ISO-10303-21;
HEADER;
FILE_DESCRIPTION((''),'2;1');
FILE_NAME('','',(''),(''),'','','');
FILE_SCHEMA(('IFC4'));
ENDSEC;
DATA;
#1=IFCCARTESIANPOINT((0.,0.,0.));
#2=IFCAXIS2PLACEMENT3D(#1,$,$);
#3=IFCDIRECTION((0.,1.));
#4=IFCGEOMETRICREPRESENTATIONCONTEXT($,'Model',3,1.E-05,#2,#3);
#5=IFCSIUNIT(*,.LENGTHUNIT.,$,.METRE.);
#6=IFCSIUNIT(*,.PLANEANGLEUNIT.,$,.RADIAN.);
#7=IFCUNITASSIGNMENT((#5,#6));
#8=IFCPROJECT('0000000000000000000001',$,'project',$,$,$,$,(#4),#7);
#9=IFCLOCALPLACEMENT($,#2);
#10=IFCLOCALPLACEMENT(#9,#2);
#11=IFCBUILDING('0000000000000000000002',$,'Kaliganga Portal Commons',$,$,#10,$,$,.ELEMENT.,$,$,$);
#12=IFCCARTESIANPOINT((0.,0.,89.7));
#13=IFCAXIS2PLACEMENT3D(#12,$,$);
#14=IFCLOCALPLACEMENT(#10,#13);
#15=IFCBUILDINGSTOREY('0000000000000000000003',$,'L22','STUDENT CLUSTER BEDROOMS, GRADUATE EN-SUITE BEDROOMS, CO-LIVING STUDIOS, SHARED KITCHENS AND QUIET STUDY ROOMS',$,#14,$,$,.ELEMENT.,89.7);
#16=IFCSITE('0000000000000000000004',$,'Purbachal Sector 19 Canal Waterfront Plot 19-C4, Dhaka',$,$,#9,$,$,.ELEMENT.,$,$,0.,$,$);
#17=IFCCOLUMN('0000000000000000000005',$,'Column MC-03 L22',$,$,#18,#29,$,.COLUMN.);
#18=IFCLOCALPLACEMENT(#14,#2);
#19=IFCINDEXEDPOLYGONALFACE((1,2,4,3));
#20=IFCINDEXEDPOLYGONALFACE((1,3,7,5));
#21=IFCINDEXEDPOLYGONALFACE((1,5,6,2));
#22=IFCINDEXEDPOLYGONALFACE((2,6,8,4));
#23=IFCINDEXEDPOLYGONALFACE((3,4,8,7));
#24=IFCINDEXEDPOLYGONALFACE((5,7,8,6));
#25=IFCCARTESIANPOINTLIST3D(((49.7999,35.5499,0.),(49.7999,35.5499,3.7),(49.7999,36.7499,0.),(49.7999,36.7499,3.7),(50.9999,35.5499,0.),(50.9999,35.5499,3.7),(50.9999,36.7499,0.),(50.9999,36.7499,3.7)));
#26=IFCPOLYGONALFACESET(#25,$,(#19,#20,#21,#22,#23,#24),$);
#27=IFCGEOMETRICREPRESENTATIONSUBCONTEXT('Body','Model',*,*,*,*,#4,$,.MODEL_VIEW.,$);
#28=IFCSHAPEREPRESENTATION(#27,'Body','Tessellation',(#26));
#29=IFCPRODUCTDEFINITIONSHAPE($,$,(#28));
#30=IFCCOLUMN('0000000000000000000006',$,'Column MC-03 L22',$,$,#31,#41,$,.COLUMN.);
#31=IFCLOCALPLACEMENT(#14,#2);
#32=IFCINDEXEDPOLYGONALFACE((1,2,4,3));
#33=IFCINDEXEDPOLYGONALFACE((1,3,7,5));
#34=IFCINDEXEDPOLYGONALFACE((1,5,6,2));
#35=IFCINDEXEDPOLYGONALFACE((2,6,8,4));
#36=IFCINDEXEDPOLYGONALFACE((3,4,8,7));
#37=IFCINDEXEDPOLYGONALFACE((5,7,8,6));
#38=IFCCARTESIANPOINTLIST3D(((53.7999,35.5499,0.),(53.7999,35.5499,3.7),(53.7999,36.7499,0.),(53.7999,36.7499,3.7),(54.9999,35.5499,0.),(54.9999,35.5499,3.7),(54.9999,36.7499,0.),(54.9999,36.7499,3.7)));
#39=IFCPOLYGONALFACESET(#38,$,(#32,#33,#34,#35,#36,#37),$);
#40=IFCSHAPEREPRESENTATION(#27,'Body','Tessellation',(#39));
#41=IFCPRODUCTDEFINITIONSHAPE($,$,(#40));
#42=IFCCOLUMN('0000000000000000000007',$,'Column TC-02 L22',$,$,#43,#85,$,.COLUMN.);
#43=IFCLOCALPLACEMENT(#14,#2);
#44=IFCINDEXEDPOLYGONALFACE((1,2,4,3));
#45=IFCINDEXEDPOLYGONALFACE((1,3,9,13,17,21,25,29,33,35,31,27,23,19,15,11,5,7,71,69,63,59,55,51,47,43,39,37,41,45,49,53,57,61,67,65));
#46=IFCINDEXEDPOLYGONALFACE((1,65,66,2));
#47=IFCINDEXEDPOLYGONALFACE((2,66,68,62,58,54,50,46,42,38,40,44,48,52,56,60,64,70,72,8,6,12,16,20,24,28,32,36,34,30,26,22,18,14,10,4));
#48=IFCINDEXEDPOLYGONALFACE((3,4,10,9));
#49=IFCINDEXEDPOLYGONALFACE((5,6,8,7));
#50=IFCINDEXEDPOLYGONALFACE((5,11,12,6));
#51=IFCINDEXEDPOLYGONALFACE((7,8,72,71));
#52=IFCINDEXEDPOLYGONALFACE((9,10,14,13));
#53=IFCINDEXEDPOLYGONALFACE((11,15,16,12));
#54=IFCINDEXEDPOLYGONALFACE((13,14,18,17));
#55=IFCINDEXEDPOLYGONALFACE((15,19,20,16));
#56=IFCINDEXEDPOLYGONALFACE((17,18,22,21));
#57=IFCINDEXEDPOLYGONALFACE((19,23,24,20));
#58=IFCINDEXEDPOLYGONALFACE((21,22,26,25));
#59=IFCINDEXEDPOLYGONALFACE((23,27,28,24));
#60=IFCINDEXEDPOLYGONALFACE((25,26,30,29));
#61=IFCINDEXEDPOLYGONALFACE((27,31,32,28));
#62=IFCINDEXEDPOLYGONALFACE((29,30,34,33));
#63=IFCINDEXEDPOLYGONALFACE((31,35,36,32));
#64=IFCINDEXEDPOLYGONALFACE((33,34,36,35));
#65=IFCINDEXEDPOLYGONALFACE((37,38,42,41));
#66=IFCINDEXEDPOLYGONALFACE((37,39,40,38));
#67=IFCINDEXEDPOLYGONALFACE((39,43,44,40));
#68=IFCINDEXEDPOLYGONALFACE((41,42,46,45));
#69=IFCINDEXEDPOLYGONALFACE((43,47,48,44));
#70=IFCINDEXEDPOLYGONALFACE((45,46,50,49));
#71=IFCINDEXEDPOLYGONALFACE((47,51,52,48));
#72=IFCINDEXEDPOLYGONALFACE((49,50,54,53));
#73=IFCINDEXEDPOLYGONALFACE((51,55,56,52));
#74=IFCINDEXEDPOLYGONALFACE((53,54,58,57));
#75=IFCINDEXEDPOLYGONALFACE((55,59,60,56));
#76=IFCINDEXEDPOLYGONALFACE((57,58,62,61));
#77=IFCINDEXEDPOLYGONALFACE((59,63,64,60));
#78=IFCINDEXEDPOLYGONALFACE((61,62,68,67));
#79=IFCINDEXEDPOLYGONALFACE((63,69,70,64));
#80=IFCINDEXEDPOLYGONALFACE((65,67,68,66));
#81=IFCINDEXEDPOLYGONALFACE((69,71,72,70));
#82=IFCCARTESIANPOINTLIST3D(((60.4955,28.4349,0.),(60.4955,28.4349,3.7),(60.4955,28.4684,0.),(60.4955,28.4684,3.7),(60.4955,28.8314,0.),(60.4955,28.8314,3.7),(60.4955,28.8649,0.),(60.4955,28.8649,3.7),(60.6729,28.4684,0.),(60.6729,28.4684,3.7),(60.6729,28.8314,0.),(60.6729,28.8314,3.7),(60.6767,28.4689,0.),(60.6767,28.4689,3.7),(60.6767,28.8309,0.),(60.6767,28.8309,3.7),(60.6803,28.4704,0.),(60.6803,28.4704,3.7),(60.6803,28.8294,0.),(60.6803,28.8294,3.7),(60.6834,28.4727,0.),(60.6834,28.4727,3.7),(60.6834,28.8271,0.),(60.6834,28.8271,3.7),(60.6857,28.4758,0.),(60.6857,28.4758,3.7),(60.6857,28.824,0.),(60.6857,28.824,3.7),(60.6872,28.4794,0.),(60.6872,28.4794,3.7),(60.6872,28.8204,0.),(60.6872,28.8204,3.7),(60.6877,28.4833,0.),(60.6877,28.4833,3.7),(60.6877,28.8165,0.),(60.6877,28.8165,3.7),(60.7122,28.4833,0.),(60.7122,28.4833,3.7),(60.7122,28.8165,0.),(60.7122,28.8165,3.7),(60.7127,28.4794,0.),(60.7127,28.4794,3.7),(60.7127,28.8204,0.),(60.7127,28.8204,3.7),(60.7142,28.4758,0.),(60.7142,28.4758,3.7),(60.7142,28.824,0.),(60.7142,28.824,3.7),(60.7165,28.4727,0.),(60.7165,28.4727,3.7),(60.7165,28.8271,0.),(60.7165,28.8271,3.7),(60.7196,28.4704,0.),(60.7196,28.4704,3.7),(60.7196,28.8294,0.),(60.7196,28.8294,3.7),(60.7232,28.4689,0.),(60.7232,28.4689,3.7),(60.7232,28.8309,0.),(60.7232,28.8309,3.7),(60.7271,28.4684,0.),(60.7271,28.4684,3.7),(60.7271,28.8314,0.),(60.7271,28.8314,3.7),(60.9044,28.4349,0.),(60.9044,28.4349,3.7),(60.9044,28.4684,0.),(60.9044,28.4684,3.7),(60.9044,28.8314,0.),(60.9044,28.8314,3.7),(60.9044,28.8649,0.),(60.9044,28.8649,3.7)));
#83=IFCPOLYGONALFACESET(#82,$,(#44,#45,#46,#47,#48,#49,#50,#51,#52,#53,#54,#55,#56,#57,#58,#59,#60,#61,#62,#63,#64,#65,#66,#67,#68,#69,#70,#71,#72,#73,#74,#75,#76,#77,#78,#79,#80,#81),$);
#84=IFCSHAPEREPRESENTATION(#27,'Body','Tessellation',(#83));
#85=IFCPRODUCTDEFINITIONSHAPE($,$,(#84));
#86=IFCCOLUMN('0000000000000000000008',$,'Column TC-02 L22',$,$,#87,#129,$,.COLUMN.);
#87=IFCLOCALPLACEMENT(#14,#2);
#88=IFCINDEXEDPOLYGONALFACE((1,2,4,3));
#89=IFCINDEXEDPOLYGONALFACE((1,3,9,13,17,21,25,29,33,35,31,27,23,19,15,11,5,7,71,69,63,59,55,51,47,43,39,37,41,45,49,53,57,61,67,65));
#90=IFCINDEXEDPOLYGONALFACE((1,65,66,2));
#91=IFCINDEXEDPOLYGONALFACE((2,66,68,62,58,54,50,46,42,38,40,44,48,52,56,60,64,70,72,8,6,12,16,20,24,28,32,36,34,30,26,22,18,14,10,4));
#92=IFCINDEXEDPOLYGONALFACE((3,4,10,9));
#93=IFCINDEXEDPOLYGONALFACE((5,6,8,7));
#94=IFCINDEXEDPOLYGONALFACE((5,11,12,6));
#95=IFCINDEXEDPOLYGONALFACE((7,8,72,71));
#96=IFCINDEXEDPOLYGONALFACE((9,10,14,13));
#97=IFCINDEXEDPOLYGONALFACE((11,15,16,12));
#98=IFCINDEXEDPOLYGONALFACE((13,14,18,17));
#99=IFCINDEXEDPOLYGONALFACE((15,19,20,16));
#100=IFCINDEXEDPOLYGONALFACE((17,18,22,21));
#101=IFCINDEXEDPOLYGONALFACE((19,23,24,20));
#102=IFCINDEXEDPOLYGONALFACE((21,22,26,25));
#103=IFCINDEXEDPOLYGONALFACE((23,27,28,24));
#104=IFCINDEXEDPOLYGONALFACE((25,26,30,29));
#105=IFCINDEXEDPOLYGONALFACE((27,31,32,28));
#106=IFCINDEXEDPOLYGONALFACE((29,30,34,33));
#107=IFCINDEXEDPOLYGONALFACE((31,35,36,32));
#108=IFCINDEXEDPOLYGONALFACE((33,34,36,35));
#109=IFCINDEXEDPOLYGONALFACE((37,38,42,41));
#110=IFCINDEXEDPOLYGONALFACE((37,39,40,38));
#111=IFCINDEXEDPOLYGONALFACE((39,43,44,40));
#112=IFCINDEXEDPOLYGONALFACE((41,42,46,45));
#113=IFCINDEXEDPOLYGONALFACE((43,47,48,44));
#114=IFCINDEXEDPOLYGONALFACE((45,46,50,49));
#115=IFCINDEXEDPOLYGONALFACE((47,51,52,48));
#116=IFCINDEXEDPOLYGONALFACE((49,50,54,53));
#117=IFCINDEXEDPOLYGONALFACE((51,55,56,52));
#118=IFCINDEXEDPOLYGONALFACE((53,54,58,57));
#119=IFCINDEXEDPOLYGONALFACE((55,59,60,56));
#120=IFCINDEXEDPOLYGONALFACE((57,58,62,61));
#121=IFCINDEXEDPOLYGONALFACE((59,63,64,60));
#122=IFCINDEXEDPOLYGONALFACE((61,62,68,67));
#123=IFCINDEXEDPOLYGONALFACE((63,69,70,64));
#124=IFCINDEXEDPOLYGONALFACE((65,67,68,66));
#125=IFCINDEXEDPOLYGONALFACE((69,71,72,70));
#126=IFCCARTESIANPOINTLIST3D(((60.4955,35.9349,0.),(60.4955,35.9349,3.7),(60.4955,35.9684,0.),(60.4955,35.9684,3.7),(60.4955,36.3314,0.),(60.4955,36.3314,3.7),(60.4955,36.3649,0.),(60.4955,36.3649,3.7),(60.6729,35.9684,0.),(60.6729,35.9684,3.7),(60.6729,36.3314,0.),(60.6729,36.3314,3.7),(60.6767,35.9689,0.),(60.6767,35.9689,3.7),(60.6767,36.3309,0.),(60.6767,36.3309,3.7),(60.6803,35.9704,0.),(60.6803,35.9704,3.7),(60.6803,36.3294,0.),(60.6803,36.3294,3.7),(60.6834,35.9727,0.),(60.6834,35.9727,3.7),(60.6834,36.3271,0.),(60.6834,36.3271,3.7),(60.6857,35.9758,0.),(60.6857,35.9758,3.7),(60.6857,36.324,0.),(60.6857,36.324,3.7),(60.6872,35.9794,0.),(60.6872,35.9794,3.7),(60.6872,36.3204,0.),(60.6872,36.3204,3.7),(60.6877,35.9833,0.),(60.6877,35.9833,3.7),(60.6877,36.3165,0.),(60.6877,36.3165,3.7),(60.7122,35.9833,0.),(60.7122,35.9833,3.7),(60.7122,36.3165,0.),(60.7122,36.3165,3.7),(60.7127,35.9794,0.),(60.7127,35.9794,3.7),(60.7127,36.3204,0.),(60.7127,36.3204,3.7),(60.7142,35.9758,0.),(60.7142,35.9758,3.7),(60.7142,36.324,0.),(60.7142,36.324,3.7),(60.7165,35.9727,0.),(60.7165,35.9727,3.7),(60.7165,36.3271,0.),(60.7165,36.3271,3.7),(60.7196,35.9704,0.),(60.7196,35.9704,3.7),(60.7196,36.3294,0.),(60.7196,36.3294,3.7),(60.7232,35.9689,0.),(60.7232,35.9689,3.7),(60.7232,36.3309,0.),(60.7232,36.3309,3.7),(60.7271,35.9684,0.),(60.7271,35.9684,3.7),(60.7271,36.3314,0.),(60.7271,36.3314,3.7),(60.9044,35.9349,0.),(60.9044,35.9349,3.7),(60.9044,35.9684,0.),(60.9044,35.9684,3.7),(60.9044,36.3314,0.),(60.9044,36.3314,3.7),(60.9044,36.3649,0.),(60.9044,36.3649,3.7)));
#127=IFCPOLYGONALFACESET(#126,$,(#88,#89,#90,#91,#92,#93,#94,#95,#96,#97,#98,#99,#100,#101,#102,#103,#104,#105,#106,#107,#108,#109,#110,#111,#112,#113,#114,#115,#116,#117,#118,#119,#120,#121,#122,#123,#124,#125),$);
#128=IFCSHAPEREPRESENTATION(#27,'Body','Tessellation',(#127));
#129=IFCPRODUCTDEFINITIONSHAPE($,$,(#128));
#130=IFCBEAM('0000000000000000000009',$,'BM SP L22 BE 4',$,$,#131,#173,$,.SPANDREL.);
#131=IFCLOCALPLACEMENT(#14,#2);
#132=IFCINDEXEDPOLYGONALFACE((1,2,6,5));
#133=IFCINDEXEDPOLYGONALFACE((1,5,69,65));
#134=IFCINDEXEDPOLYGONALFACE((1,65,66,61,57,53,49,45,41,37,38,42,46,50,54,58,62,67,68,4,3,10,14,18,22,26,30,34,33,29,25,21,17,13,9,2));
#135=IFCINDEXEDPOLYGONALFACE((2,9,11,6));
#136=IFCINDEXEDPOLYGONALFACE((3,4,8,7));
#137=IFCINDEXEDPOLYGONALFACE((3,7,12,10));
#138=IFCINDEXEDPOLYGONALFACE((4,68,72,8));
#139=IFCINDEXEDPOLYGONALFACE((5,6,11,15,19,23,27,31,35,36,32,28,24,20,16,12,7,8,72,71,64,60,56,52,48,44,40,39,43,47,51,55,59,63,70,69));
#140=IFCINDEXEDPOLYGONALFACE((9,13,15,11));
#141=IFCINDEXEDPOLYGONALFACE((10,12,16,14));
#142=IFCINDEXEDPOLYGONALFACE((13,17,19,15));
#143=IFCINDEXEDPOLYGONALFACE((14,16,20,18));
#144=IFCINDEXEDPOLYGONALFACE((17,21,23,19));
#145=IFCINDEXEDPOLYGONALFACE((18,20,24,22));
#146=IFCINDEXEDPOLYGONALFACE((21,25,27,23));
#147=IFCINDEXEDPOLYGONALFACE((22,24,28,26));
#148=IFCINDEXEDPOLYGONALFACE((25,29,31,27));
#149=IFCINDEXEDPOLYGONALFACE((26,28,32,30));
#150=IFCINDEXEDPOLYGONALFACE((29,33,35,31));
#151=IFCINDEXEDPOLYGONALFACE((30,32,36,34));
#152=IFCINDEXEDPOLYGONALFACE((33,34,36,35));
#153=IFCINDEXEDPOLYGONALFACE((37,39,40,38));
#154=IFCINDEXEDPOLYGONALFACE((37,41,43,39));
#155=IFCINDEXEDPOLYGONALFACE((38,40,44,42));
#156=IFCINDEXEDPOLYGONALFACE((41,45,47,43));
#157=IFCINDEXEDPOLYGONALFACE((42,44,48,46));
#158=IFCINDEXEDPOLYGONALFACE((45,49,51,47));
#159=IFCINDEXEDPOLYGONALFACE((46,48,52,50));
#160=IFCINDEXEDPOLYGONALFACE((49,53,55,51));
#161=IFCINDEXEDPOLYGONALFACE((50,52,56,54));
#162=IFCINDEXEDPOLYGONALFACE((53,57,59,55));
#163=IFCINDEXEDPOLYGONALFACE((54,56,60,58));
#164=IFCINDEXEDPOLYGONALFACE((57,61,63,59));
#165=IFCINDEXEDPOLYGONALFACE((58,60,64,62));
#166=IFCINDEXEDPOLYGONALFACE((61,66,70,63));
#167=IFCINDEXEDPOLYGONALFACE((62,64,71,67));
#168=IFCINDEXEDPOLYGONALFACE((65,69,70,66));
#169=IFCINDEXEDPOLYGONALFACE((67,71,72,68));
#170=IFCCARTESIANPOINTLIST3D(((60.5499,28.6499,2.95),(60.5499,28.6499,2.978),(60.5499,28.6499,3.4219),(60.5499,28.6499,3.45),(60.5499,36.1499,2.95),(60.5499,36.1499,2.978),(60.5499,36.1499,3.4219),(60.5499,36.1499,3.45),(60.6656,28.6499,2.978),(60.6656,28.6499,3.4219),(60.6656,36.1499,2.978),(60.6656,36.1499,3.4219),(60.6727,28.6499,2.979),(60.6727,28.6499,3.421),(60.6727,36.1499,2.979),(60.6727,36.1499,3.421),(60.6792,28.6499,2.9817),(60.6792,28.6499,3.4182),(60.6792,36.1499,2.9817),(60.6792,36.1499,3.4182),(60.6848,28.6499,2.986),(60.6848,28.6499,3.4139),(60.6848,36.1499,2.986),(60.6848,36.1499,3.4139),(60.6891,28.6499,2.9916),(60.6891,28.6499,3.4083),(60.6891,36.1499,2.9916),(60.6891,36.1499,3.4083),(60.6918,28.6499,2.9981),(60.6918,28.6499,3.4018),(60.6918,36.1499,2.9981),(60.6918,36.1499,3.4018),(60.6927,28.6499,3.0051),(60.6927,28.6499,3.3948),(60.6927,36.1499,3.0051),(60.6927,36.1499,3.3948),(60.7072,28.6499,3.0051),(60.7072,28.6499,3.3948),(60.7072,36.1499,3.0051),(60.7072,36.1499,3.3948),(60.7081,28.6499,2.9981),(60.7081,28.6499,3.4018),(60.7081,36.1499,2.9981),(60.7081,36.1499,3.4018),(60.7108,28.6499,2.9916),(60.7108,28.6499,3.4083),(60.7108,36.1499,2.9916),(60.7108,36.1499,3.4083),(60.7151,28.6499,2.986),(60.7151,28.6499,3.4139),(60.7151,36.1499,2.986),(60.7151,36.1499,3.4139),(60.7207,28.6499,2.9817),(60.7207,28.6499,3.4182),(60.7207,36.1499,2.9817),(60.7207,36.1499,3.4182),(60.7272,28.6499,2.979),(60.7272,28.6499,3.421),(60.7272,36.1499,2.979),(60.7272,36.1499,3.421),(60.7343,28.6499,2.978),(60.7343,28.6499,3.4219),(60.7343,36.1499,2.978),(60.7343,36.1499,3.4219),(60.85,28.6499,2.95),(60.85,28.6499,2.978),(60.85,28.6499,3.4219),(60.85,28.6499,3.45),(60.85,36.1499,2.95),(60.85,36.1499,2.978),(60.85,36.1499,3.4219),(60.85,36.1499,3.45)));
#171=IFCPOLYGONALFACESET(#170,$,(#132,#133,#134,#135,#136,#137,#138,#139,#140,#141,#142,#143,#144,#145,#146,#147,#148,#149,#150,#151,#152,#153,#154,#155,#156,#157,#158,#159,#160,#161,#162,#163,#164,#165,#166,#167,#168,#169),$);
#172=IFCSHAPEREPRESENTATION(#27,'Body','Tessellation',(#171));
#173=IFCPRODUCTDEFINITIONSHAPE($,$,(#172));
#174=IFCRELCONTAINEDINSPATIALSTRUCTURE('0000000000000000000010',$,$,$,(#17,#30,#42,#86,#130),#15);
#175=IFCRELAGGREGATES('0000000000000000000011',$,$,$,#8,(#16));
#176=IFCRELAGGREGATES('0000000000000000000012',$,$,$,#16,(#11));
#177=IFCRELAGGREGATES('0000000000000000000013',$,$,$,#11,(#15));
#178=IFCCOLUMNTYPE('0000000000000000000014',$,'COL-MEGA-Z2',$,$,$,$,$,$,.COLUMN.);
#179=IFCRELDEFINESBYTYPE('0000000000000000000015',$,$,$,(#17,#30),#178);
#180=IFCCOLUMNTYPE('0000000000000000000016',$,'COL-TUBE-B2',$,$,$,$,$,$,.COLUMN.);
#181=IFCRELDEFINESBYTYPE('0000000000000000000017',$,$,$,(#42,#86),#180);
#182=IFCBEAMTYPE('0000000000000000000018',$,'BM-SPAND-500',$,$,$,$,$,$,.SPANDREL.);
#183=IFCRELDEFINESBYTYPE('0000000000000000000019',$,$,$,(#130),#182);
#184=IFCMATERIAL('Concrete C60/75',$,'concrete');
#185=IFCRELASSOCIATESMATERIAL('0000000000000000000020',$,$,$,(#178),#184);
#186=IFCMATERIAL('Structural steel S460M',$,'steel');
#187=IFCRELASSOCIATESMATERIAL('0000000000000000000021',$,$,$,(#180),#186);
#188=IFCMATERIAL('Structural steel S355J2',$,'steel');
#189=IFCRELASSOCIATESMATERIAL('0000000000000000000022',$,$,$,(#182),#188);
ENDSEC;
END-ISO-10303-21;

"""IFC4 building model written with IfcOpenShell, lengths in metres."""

from ifc_helpers import new_model, si_unit, direction, frame, origin, origin_2d, place, context, subcontext, project, spatial, rectangle, i_section, extrude, source, transform, mapped, material, material_profile, profile_set, type_object, element, save


model = new_model("IFC4")

# Units and contexts
model_context = context("Model", 3, precision=1e-05, world=origin(), true_north=direction((0.0, 1.0)))
body_context = subcontext(model_context, "Body", "Model", "MODEL_VIEW")
ifc_project = project(units=[si_unit("LENGTHUNIT", "METRE"), si_unit("PLANEANGLEUNIT", "RADIAN")], contexts=[model_context])

# Site, building, storey
site_placement = place(None, origin())
site = spatial("IfcSite", under=ifc_project, at=site_placement, Name="Purbachal Sector 19 Canal Waterfront Plot 19-C4, Dhaka", CompositionType="ELEMENT", RefElevation=0.0)
building_placement = place(site_placement, origin())
building = spatial("IfcBuilding", under=site, at=building_placement, Name="Kaliganga Portal Commons", CompositionType="ELEMENT")
storey_placement = place(building_placement, frame((0.0, 0.0, 89.7)))
storey = spatial("IfcBuildingStorey", under=building, at=storey_placement, Name="L22", Description="STUDENT CLUSTER BEDROOMS, GRADUATE EN-SUITE BEDROOMS, CO-LIVING STUDIOS, SHARED KITCHENS AND QUIET STUDY ROOMS", CompositionType="ELEMENT", Elevation=89.7)

# Columns
ifc_material_1 = material(Name="Concrete C60/75", Category="concrete")
ifc_material_profile_1 = material_profile(ifc_material_1, rectangle(XDim=1.2, YDim=1.2, at=origin_2d()), Name="RC 1200x1200")
ifc_profile_set_1 = profile_set([ifc_material_profile_1], Name="Concrete C60/75")
column_type_1 = type_object("IfcColumnType", Name="COL-MEGA-Z2", PredefinedType="COLUMN", material=ifc_profile_set_1)
shared_shape_1 = source(origin(), body_context, "Body", "SweptSolid", [
    extrude(rectangle(XDim=1.2, YDim=1.2, at=origin_2d()), origin(), (0.0, 0.0, 1.0), 3.7),
])
for number, where, z_axis, x_axis, name in (
    (1, (50.3999, 36.1499, 0.0), (0.0, 0.0, 1.0), (1.0, 0.0, 0.0), "Column MC-03 L22"),
    (2, (54.3999, 36.1499, 0.0), (0.0, 0.0, 1.0), (1.0, 0.0, 0.0), "Column MC-03 L22"),
):
    element("IfcColumn", number, at=place(storey_placement, frame(where, z_axis=z_axis, x_axis=x_axis)), inside=storey, type_object=column_type_1, Name=name, PredefinedType="COLUMN", context=body_context, shape_type="MappedRepresentation", body=[
        mapped(shared_shape_1, transform((0.0, 0.0, 0.0), x_axis=(1.0, 0.0, 0.0), y_axis=(0.0, 1.0, 0.0), z_axis=(0.0, 0.0, 1.0), scale=1.0)),
    ])
ifc_material_2 = material(Name="Structural steel S460M", Category="steel")
ifc_material_profile_2 = material_profile(ifc_material_2, i_section(OverallWidth=0.4089, OverallDepth=0.4299, WebThickness=0.0244, FlangeThickness=0.0334, FilletRadius=0.0149, at=origin_2d()), Name="HD 400x421")
ifc_profile_set_2 = profile_set([ifc_material_profile_2], Name="Structural steel S460M wide-flange")
column_type_2 = type_object("IfcColumnType", Name="COL-TUBE-B2", PredefinedType="COLUMN", material=ifc_profile_set_2)
shared_shape_2 = source(origin(), body_context, "Body", "SweptSolid", [
    extrude(i_section(OverallWidth=0.4089, OverallDepth=0.4299, WebThickness=0.0244, FlangeThickness=0.0334, FilletRadius=0.0149, at=origin_2d()), origin(), (0.0, 0.0, 1.0), 3.7),
])
for number, where, z_axis, x_axis, name in (
    (3, (60.7, 28.6499, 0.0), (0.0, 0.0, 1.0), (1.0, 0.0, 0.0), "Column TC-02 L22"),
    (4, (60.7, 36.1499, 0.0), (0.0, 0.0, 1.0), (1.0, 0.0, 0.0), "Column TC-02 L22"),
):
    element("IfcColumn", number, at=place(storey_placement, frame(where, z_axis=z_axis, x_axis=x_axis)), inside=storey, type_object=column_type_2, Name=name, PredefinedType="COLUMN", context=body_context, shape_type="MappedRepresentation", body=[
        mapped(shared_shape_2, transform((0.0, 0.0, 0.0), x_axis=(1.0, 0.0, 0.0), y_axis=(0.0, 1.0, 0.0), z_axis=(0.0, 0.0, 1.0), scale=1.0)),
    ])

# Beam
ifc_material_3 = material(Name="Structural steel S355J2", Category="steel")
ifc_material_profile_3 = material_profile(ifc_material_3, i_section(OverallWidth=0.3, OverallDepth=0.5, WebThickness=0.0144, FlangeThickness=0.0281, FilletRadius=0.0271, at=origin_2d()), Name="HE 500 B")
ifc_profile_set_3 = profile_set([ifc_material_profile_3], Name="Structural steel S355J2 wide-flange")
beam_type_1 = type_object("IfcBeamType", Name="BM-SPAND-500", PredefinedType="SPANDREL", material=ifc_profile_set_3)
shared_shape_3 = source(origin(), body_context, "Body", "SweptSolid", [
    extrude(i_section(OverallWidth=0.3, OverallDepth=0.5, WebThickness=0.0144, FlangeThickness=0.0281, FilletRadius=0.0271, at=origin_2d()), origin(), (0.0, 0.0, 1.0), 7.5),
])
beam_1_placement = place(storey_placement, frame((60.7, 28.6499, 3.2), z_axis=(0.0, 1.0, 0.0), x_axis=(-1.0, 0.0, 0.0)))
element("IfcBeam", 5, at=beam_1_placement, inside=storey, type_object=beam_type_1, Name="BM SP L22 BE 4", PredefinedType="SPANDREL", context=body_context, shape_type="MappedRepresentation", body=[
    mapped(shared_shape_3, transform((0.0, 0.0, 0.0), x_axis=(1.0, 0.0, 0.0), y_axis=(0.0, 1.0, 0.0), z_axis=(0.0, 0.0, 1.0), scale=1.0)),
])

save(model, "model.ifc")
